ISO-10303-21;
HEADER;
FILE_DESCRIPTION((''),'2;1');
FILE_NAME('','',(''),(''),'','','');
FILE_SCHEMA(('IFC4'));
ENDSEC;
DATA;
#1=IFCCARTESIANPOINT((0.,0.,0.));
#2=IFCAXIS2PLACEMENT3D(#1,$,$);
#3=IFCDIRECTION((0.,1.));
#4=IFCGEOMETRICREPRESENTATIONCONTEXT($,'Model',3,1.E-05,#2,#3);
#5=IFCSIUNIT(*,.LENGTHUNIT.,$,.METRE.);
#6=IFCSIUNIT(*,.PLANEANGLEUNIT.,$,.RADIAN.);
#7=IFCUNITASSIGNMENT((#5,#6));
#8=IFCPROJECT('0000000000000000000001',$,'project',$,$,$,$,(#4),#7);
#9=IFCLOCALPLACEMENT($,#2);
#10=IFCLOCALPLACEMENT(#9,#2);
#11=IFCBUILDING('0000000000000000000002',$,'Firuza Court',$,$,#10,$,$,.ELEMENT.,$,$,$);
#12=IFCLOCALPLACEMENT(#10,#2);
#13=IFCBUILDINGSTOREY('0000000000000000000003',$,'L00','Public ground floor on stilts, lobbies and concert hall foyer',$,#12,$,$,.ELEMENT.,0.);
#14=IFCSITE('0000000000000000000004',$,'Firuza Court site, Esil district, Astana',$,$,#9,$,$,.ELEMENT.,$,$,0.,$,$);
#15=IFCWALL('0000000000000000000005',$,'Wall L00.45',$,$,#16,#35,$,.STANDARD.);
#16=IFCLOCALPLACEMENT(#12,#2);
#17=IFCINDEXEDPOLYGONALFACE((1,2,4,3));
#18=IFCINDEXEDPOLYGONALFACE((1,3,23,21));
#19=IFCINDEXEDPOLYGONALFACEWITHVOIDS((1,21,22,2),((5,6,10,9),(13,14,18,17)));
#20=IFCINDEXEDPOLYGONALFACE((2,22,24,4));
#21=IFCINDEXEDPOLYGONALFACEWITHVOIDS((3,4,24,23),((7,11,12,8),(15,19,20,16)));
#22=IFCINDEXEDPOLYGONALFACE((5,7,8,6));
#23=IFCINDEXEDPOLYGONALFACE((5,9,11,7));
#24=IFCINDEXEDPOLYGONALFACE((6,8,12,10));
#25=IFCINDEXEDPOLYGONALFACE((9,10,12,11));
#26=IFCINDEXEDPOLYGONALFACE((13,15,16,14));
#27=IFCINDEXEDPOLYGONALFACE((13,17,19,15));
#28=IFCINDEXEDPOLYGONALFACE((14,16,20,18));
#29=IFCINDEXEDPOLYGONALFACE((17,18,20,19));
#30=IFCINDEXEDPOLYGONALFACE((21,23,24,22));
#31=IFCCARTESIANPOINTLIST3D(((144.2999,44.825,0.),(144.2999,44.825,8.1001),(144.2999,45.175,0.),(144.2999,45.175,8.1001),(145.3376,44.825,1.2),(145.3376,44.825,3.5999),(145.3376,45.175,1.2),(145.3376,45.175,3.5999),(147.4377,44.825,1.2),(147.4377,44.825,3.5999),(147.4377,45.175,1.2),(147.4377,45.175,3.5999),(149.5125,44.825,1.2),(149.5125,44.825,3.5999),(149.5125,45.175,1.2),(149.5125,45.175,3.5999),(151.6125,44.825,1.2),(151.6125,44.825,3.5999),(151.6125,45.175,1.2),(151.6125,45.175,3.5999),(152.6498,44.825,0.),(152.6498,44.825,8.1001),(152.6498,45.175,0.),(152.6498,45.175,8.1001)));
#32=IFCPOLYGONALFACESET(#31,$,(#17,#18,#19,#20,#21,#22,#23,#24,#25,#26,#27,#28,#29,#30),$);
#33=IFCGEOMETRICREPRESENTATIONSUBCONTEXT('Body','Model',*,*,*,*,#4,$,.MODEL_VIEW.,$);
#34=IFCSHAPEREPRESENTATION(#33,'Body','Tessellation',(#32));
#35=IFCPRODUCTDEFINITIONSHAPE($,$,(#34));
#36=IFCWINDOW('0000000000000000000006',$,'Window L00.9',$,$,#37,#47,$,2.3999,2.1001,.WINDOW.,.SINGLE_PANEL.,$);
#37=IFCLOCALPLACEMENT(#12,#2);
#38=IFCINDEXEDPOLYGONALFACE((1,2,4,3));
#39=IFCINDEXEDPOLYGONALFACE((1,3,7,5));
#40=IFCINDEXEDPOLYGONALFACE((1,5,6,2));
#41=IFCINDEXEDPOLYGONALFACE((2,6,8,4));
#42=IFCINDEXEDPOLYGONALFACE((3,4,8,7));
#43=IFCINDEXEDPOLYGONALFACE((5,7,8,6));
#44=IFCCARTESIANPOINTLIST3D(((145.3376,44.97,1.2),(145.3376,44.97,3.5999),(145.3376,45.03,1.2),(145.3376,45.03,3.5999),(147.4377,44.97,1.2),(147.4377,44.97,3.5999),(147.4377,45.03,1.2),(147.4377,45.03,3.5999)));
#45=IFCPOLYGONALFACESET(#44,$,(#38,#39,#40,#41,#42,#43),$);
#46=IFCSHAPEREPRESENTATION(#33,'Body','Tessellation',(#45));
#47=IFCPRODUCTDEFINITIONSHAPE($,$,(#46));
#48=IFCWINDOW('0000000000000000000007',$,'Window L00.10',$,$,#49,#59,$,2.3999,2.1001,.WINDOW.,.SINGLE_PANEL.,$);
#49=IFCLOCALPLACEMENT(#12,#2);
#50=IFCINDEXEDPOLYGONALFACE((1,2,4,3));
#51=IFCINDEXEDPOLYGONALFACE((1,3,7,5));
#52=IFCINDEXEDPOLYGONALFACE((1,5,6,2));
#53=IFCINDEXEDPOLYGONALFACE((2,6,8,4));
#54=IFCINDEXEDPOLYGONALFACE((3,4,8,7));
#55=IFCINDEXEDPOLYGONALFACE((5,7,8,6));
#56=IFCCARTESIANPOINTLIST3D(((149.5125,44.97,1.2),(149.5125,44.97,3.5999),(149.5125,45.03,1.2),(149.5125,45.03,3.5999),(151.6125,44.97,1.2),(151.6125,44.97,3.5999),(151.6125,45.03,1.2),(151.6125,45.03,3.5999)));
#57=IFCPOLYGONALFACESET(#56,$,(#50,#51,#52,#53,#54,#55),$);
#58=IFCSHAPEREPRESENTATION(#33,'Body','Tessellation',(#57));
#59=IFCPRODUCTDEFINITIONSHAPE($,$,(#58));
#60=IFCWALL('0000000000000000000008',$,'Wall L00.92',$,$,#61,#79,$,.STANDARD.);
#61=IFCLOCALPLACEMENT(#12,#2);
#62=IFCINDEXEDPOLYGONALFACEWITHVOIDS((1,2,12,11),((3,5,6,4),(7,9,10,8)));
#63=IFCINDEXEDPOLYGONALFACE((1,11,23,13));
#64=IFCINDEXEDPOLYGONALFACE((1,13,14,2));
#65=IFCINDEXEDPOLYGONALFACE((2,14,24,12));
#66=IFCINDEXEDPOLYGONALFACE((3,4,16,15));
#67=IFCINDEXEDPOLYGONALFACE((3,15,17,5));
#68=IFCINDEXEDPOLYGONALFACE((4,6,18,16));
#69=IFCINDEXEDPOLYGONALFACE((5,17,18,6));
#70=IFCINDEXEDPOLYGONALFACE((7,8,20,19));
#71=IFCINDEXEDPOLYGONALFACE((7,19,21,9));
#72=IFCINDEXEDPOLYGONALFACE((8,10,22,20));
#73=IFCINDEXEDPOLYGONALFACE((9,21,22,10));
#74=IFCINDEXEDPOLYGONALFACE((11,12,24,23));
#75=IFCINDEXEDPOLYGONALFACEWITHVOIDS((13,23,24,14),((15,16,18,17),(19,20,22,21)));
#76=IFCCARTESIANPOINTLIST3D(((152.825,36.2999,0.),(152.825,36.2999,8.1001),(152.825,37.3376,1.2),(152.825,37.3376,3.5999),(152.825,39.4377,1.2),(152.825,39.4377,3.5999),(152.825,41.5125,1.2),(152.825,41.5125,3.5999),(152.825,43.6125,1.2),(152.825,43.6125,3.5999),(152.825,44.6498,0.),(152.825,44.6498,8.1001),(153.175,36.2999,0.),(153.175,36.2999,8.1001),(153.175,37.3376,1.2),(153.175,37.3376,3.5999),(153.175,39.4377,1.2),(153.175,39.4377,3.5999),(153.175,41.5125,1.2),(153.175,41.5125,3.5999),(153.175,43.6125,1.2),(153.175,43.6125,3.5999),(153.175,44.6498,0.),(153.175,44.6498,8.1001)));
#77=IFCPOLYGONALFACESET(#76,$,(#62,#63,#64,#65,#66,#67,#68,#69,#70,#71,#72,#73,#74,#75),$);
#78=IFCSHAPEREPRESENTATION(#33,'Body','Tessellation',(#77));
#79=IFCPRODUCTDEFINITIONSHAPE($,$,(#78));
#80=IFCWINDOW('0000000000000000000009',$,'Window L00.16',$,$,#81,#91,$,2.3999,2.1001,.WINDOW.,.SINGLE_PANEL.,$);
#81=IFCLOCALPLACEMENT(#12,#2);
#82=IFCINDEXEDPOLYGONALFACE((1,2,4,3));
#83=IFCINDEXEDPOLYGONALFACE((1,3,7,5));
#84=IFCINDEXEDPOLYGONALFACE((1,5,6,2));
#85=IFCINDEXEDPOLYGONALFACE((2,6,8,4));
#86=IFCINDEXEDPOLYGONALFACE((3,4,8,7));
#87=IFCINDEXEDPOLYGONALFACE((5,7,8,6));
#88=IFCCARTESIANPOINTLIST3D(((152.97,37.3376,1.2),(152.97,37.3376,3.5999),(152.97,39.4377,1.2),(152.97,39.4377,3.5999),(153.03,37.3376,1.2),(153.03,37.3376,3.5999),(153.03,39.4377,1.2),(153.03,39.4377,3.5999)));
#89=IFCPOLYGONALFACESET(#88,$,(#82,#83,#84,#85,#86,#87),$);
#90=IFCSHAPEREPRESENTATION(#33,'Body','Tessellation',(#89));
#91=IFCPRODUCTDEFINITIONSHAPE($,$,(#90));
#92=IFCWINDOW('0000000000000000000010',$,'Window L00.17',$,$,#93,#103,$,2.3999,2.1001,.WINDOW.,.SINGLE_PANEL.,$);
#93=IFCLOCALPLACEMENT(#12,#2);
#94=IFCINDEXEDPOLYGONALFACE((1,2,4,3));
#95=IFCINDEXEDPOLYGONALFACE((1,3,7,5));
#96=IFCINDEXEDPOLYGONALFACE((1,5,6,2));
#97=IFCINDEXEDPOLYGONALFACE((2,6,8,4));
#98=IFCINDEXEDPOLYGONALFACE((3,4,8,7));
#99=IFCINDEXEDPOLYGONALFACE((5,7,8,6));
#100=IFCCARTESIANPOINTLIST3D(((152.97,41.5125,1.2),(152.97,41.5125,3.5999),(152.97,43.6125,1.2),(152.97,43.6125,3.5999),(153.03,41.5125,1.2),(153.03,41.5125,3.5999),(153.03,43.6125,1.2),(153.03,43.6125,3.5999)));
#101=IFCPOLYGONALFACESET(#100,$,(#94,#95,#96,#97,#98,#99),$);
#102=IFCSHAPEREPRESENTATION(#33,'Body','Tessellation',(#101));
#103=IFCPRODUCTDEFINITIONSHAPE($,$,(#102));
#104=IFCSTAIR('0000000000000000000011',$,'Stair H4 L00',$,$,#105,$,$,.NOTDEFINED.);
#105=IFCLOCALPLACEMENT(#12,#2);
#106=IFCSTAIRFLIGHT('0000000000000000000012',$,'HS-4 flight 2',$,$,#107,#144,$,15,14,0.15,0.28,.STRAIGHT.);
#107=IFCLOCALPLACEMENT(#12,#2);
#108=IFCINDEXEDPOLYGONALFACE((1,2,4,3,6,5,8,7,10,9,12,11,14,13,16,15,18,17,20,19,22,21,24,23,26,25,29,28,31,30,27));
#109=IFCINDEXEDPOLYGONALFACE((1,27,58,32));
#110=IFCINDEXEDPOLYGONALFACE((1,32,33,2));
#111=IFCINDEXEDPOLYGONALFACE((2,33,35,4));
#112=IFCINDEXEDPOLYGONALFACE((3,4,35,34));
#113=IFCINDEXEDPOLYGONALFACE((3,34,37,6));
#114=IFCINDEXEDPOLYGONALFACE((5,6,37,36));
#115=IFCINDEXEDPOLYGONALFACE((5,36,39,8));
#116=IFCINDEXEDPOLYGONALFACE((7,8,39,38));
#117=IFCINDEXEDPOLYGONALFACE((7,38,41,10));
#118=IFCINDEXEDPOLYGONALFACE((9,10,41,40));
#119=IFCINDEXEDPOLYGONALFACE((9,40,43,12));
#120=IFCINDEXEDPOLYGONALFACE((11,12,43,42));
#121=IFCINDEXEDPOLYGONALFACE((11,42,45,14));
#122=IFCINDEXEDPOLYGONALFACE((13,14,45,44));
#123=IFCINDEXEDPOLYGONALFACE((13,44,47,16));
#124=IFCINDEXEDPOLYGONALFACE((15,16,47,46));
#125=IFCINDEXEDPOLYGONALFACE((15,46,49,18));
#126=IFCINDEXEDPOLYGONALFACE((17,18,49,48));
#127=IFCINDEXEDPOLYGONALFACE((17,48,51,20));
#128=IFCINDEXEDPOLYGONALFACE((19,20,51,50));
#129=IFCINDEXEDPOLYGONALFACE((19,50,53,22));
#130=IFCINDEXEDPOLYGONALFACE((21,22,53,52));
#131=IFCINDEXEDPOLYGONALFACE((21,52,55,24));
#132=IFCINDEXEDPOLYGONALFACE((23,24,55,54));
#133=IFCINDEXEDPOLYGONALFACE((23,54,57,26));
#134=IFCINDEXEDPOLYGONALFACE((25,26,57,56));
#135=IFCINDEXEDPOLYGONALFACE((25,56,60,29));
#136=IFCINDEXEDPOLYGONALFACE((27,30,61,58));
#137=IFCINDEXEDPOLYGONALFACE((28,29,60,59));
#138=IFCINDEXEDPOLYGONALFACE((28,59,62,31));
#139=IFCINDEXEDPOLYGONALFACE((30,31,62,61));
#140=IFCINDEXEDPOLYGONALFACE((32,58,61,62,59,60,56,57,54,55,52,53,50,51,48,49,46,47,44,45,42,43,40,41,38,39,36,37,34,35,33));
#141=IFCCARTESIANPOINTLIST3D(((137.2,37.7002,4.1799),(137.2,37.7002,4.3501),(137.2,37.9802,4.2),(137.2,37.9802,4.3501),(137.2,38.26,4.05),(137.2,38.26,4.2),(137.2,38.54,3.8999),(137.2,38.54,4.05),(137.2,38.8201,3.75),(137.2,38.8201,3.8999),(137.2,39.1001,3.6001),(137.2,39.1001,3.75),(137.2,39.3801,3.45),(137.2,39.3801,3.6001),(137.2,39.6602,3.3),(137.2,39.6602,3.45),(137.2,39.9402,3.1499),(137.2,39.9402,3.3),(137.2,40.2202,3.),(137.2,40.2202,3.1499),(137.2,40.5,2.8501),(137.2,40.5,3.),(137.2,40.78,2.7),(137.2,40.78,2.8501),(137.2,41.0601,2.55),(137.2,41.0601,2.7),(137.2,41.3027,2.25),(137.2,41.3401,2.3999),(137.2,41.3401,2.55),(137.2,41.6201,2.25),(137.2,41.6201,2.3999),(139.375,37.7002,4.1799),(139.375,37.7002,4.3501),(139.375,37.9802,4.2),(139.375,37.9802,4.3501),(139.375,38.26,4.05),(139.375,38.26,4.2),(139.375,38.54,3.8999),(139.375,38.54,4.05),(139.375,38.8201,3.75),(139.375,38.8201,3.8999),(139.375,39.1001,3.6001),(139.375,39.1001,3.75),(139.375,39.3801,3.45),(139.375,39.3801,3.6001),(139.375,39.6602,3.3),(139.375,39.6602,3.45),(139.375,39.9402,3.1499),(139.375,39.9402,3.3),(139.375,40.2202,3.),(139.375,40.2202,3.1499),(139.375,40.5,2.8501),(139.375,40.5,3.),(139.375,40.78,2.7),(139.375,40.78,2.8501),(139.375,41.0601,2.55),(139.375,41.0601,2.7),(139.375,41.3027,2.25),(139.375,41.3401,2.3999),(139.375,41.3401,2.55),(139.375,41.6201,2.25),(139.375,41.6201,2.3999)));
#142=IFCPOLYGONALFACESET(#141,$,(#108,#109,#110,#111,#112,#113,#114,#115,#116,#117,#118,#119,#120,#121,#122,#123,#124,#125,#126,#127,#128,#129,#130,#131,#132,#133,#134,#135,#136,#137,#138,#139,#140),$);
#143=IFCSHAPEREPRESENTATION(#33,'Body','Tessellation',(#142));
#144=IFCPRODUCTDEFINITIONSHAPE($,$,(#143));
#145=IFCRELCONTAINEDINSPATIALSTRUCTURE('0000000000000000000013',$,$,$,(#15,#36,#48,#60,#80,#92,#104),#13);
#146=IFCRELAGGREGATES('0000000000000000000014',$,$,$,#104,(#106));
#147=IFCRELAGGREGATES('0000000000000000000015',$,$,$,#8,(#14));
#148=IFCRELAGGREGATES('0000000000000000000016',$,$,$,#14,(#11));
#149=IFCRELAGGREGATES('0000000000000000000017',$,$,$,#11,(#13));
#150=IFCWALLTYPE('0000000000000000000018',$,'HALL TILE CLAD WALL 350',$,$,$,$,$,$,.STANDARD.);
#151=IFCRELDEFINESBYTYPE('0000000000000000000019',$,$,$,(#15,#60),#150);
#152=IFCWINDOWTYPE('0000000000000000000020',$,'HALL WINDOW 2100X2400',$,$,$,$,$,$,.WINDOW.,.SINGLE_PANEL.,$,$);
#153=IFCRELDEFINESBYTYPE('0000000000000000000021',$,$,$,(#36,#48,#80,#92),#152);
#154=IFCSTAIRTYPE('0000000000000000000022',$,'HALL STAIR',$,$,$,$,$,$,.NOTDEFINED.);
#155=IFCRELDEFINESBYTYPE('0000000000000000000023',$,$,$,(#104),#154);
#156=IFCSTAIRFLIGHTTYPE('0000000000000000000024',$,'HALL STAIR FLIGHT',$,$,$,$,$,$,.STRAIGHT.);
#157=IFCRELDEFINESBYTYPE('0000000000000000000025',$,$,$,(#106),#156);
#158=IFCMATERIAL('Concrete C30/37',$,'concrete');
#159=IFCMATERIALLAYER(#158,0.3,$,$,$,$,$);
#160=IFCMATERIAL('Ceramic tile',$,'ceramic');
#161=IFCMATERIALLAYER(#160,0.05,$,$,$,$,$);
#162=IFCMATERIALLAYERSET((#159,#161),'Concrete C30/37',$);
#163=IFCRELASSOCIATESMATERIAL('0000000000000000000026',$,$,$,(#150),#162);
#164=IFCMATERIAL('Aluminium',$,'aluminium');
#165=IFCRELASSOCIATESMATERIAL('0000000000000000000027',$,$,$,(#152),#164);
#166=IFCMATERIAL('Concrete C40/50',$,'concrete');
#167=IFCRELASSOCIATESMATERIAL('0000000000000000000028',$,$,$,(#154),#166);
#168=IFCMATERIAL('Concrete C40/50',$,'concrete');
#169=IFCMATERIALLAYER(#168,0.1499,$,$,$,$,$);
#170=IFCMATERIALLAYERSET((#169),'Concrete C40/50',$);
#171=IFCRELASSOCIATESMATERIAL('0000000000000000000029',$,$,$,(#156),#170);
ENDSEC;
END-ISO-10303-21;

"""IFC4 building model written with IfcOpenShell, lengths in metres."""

from ifc_helpers import new_model, si_unit, direction, frame, frame_2d, origin, place, context, subcontext, project, spatial, polyline, rectangle, outline, extrude, material, layer, layer_set, type_object, element, fill, aggregate, save


model = new_model("IFC4")

# Units and contexts
model_context = context("Model", 3, precision=1e-05, world=origin(), true_north=direction((0.0, 1.0)))
body_context = subcontext(model_context, "Body", "Model", "MODEL_VIEW")
ifc_project = project(units=[si_unit("LENGTHUNIT", "METRE"), si_unit("PLANEANGLEUNIT", "RADIAN")], contexts=[model_context])

# Site, building, storey
site_placement = place(None, origin())
site = spatial("IfcSite", under=ifc_project, at=site_placement, Name="Firuza Court site, Esil district, Astana", CompositionType="ELEMENT", RefElevation=0.0)
building_placement = place(site_placement, origin())
building = spatial("IfcBuilding", under=site, at=building_placement, Name="Firuza Court", CompositionType="ELEMENT")
storey_placement = place(building_placement, origin())
storey = spatial("IfcBuildingStorey", under=building, at=storey_placement, Name="L00", Description="Public ground floor on stilts, lobbies and concert hall foyer", CompositionType="ELEMENT", Elevation=0.0)

# Shared definitions
ifc_material_1 = material(Name="Concrete C40/50", Category="concrete")

# Shared definitions
ifc_material_2 = material(Name="Concrete C30/37", Category="concrete")
ifc_layer_1 = layer(ifc_material_2, 0.3)
ifc_material_3 = material(Name="Ceramic tile", Category="ceramic")
ifc_layer_2 = layer(ifc_material_3, 0.05)
ifc_layer_set_1 = layer_set([ifc_layer_1, ifc_layer_2], Name="Concrete C30/37")
wall_type_1 = type_object("IfcWallType", Name="HALL TILE CLAD WALL 350", PredefinedType="STANDARD", material=ifc_layer_set_1)

# Walls, openings, windows
wall_1_placement = place(storey_placement, frame((144.3, 45.0, 0.0), z_axis=(0.0, 0.0, 1.0), x_axis=(1.0, 0.0, 0.0)))
wall_1 = element("IfcWall", 1, at=wall_1_placement, inside=storey, type_object=wall_type_1, Name="Wall L00.45", PredefinedType="STANDARD", context=body_context, shape_type="SweptSolid", body=[
    extrude(rectangle(XDim=8.3499, YDim=0.3501, at=frame_2d((4.1748, 0.0))), origin(), (0.0, 0.0, 1.0), 8.1001),
])
opening_1_placement = place(wall_1_placement, frame((1.0376, 0.0, 1.2)))
opening_1 = element("IfcOpeningElement", 2, at=opening_1_placement, cuts=wall_1, PredefinedType="OPENING", context=body_context, shape_type="SweptSolid", body=[
    extrude(rectangle(XDim=2.1001, YDim=2.3999, at=frame_2d((1.05, 1.2))), frame((0.0, 0.187, 0.0), z_axis=(0.0, -1.0, 0.0), x_axis=(1.0, 0.0, 0.0)), (0.0, 0.0, 1.0), 0.374),
])
opening_2_placement = place(wall_1_placement, frame((5.2124, 0.0, 1.2)))
opening_2 = element("IfcOpeningElement", 3, at=opening_2_placement, cuts=wall_1, PredefinedType="OPENING", context=body_context, shape_type="SweptSolid", body=[
    extrude(rectangle(XDim=2.1001, YDim=2.3999, at=frame_2d((1.05, 1.2))), frame((0.0, 0.187, 0.0), z_axis=(0.0, -1.0, 0.0), x_axis=(1.0, 0.0, 0.0)), (0.0, 0.0, 1.0), 0.374),
])
ifc_material_4 = material(Name="Aluminium", Category="aluminium")
window_type = type_object("IfcWindowType", Name="HALL WINDOW 2100X2400", PartitioningType="SINGLE_PANEL", PredefinedType="WINDOW", material=ifc_material_4)
window_1_placement = place(opening_1_placement, origin())
window_1 = element("IfcWindow", 4, at=window_1_placement, inside=storey, type_object=window_type, Name="Window L00.9", OverallHeight=2.3999, OverallWidth=2.1001, PartitioningType="SINGLE_PANEL", PredefinedType="WINDOW", context=body_context, shape_type="SweptSolid", body=[
    extrude(rectangle(XDim=2.1001, YDim=2.3999, at=frame_2d((1.05, 1.2))), frame((0.0, 0.03, 0.0), z_axis=(0.0, -1.0, 0.0), x_axis=(1.0, 0.0, 0.0)), (0.0, 0.0, 1.0), 0.0601),
])
fill(opening_1, window_1)
window_2_placement = place(opening_2_placement, origin())
window_2 = element("IfcWindow", 5, at=window_2_placement, inside=storey, type_object=window_type, Name="Window L00.10", OverallHeight=2.3999, OverallWidth=2.1001, PartitioningType="SINGLE_PANEL", PredefinedType="WINDOW", context=body_context, shape_type="SweptSolid", body=[
    extrude(rectangle(XDim=2.1001, YDim=2.3999, at=frame_2d((1.05, 1.2))), frame((0.0, 0.03, 0.0), z_axis=(0.0, -1.0, 0.0), x_axis=(1.0, 0.0, 0.0)), (0.0, 0.0, 1.0), 0.0601),
])
fill(opening_2, window_2)
wall_2_placement = place(storey_placement, frame((153.0, 36.3, 0.0), z_axis=(0.0, 0.0, 1.0), x_axis=(0.0, 1.0, 0.0)))
wall_2 = element("IfcWall", 6, at=wall_2_placement, inside=storey, type_object=wall_type_1, Name="Wall L00.92", PredefinedType="STANDARD", context=body_context, shape_type="SweptSolid", body=[
    extrude(rectangle(XDim=8.3499, YDim=0.3501, at=frame_2d((4.1748, 0.0))), origin(), (0.0, 0.0, 1.0), 8.1001),
])
opening_3_placement = place(wall_2_placement, frame((1.0376, 0.0, 1.2)))
opening_3 = element("IfcOpeningElement", 7, at=opening_3_placement, cuts=wall_2, PredefinedType="OPENING", context=body_context, shape_type="SweptSolid", body=[
    extrude(rectangle(XDim=2.1001, YDim=2.3999, at=frame_2d((1.05, 1.2))), frame((0.0, 0.187, 0.0), z_axis=(0.0, -1.0, 0.0), x_axis=(1.0, 0.0, 0.0)), (0.0, 0.0, 1.0), 0.374),
])
opening_4_placement = place(wall_2_placement, frame((5.2124, 0.0, 1.2)))
opening_4 = element("IfcOpeningElement", 8, at=opening_4_placement, cuts=wall_2, PredefinedType="OPENING", context=body_context, shape_type="SweptSolid", body=[
    extrude(rectangle(XDim=2.1001, YDim=2.3999, at=frame_2d((1.05, 1.2))), frame((0.0, 0.187, 0.0), z_axis=(0.0, -1.0, 0.0), x_axis=(1.0, 0.0, 0.0)), (0.0, 0.0, 1.0), 0.374),
])
window_3_placement = place(opening_3_placement, origin())
window_3 = element("IfcWindow", 9, at=window_3_placement, inside=storey, type_object=window_type, Name="Window L00.16", OverallHeight=2.3999, OverallWidth=2.1001, PartitioningType="SINGLE_PANEL", PredefinedType="WINDOW", context=body_context, shape_type="SweptSolid", body=[
    extrude(rectangle(XDim=2.1001, YDim=2.3999, at=frame_2d((1.05, 1.2))), frame((0.0, 0.03, 0.0), z_axis=(0.0, -1.0, 0.0), x_axis=(1.0, 0.0, 0.0)), (0.0, 0.0, 1.0), 0.0601),
])
fill(opening_3, window_3)
window_4_placement = place(opening_4_placement, origin())
window_4 = element("IfcWindow", 10, at=window_4_placement, inside=storey, type_object=window_type, Name="Window L00.17", OverallHeight=2.3999, OverallWidth=2.1001, PartitioningType="SINGLE_PANEL", PredefinedType="WINDOW", context=body_context, shape_type="SweptSolid", body=[
    extrude(rectangle(XDim=2.1001, YDim=2.3999, at=frame_2d((1.05, 1.2))), frame((0.0, 0.03, 0.0), z_axis=(0.0, -1.0, 0.0), x_axis=(1.0, 0.0, 0.0)), (0.0, 0.0, 1.0), 0.0601),
])
fill(opening_4, window_4)

# Stair, stair flight
ifc_material_5 = material(Name="Concrete C40/50", Category="concrete")
stair_type = type_object("IfcStairType", Name="HALL STAIR", PredefinedType="NOTDEFINED", material=ifc_material_5)
stair_placement = place(storey_placement, origin())
stair = element("IfcStair", 11, at=stair_placement, inside=storey, type_object=stair_type, Name="Stair H4 L00", PredefinedType="NOTDEFINED")
ifc_layer_3 = layer(ifc_material_1, 0.1499)
ifc_layer_set_2 = layer_set([ifc_layer_3], Name="Concrete C40/50")
stair_flight_type = type_object("IfcStairFlightType", Name="HALL STAIR FLIGHT", PredefinedType="STRAIGHT", material=ifc_layer_set_2)
stair_flight_1_placement = place(storey_placement, frame((138.2876, 41.6201, 2.25), z_axis=(0.0, 0.0, 1.0), x_axis=(0.0, -1.0, 0.0)))
stair_flight_1 = element("IfcStairFlight", 12, at=stair_flight_1_placement, type_object=stair_flight_type, Name="HS-4 flight 2", NumberOfRisers=15, NumberOfTreads=14, PredefinedType="STRAIGHT", RiserHeight=0.15, TreadLength=0.28, context=body_context, shape_type="SweptSolid", body=[
    extrude(outline(polyline([(0.0, 0.0), (0.0, 0.1499), (0.28, 0.1499), (0.28, 0.3), (0.5601, 0.3), (0.5601, 0.45), (0.8401, 0.45), (0.8401, 0.6001), (1.1201, 0.6001), (1.1201, 0.75), (1.3999, 0.75), (1.3999, 0.8999), (1.6799, 0.8999), (1.6799, 1.05), (1.96, 1.05), (1.96, 1.2), (2.24, 1.2), (2.24, 1.3501), (2.52, 1.3501), (2.52, 1.5), (2.8, 1.5), (2.8, 1.6499), (3.0801, 1.6499), (3.0801, 1.8), (3.3601, 1.8), (3.3601, 1.95), (3.6399, 1.95), (3.6399, 2.1001), (3.9199, 2.1001), (3.9199, 2.25), (3.9199, 1.9299), (0.3174, 0.0), (0.0, 0.0)])), frame((0.0, 1.0874, 0.0), z_axis=(0.0, -1.0, 0.0), x_axis=(1.0, 0.0, 0.0)), (0.0, 0.0, 1.0), 2.175),
])
aggregate(stair, [stair_flight_1])

save(model, "model.ifc")
